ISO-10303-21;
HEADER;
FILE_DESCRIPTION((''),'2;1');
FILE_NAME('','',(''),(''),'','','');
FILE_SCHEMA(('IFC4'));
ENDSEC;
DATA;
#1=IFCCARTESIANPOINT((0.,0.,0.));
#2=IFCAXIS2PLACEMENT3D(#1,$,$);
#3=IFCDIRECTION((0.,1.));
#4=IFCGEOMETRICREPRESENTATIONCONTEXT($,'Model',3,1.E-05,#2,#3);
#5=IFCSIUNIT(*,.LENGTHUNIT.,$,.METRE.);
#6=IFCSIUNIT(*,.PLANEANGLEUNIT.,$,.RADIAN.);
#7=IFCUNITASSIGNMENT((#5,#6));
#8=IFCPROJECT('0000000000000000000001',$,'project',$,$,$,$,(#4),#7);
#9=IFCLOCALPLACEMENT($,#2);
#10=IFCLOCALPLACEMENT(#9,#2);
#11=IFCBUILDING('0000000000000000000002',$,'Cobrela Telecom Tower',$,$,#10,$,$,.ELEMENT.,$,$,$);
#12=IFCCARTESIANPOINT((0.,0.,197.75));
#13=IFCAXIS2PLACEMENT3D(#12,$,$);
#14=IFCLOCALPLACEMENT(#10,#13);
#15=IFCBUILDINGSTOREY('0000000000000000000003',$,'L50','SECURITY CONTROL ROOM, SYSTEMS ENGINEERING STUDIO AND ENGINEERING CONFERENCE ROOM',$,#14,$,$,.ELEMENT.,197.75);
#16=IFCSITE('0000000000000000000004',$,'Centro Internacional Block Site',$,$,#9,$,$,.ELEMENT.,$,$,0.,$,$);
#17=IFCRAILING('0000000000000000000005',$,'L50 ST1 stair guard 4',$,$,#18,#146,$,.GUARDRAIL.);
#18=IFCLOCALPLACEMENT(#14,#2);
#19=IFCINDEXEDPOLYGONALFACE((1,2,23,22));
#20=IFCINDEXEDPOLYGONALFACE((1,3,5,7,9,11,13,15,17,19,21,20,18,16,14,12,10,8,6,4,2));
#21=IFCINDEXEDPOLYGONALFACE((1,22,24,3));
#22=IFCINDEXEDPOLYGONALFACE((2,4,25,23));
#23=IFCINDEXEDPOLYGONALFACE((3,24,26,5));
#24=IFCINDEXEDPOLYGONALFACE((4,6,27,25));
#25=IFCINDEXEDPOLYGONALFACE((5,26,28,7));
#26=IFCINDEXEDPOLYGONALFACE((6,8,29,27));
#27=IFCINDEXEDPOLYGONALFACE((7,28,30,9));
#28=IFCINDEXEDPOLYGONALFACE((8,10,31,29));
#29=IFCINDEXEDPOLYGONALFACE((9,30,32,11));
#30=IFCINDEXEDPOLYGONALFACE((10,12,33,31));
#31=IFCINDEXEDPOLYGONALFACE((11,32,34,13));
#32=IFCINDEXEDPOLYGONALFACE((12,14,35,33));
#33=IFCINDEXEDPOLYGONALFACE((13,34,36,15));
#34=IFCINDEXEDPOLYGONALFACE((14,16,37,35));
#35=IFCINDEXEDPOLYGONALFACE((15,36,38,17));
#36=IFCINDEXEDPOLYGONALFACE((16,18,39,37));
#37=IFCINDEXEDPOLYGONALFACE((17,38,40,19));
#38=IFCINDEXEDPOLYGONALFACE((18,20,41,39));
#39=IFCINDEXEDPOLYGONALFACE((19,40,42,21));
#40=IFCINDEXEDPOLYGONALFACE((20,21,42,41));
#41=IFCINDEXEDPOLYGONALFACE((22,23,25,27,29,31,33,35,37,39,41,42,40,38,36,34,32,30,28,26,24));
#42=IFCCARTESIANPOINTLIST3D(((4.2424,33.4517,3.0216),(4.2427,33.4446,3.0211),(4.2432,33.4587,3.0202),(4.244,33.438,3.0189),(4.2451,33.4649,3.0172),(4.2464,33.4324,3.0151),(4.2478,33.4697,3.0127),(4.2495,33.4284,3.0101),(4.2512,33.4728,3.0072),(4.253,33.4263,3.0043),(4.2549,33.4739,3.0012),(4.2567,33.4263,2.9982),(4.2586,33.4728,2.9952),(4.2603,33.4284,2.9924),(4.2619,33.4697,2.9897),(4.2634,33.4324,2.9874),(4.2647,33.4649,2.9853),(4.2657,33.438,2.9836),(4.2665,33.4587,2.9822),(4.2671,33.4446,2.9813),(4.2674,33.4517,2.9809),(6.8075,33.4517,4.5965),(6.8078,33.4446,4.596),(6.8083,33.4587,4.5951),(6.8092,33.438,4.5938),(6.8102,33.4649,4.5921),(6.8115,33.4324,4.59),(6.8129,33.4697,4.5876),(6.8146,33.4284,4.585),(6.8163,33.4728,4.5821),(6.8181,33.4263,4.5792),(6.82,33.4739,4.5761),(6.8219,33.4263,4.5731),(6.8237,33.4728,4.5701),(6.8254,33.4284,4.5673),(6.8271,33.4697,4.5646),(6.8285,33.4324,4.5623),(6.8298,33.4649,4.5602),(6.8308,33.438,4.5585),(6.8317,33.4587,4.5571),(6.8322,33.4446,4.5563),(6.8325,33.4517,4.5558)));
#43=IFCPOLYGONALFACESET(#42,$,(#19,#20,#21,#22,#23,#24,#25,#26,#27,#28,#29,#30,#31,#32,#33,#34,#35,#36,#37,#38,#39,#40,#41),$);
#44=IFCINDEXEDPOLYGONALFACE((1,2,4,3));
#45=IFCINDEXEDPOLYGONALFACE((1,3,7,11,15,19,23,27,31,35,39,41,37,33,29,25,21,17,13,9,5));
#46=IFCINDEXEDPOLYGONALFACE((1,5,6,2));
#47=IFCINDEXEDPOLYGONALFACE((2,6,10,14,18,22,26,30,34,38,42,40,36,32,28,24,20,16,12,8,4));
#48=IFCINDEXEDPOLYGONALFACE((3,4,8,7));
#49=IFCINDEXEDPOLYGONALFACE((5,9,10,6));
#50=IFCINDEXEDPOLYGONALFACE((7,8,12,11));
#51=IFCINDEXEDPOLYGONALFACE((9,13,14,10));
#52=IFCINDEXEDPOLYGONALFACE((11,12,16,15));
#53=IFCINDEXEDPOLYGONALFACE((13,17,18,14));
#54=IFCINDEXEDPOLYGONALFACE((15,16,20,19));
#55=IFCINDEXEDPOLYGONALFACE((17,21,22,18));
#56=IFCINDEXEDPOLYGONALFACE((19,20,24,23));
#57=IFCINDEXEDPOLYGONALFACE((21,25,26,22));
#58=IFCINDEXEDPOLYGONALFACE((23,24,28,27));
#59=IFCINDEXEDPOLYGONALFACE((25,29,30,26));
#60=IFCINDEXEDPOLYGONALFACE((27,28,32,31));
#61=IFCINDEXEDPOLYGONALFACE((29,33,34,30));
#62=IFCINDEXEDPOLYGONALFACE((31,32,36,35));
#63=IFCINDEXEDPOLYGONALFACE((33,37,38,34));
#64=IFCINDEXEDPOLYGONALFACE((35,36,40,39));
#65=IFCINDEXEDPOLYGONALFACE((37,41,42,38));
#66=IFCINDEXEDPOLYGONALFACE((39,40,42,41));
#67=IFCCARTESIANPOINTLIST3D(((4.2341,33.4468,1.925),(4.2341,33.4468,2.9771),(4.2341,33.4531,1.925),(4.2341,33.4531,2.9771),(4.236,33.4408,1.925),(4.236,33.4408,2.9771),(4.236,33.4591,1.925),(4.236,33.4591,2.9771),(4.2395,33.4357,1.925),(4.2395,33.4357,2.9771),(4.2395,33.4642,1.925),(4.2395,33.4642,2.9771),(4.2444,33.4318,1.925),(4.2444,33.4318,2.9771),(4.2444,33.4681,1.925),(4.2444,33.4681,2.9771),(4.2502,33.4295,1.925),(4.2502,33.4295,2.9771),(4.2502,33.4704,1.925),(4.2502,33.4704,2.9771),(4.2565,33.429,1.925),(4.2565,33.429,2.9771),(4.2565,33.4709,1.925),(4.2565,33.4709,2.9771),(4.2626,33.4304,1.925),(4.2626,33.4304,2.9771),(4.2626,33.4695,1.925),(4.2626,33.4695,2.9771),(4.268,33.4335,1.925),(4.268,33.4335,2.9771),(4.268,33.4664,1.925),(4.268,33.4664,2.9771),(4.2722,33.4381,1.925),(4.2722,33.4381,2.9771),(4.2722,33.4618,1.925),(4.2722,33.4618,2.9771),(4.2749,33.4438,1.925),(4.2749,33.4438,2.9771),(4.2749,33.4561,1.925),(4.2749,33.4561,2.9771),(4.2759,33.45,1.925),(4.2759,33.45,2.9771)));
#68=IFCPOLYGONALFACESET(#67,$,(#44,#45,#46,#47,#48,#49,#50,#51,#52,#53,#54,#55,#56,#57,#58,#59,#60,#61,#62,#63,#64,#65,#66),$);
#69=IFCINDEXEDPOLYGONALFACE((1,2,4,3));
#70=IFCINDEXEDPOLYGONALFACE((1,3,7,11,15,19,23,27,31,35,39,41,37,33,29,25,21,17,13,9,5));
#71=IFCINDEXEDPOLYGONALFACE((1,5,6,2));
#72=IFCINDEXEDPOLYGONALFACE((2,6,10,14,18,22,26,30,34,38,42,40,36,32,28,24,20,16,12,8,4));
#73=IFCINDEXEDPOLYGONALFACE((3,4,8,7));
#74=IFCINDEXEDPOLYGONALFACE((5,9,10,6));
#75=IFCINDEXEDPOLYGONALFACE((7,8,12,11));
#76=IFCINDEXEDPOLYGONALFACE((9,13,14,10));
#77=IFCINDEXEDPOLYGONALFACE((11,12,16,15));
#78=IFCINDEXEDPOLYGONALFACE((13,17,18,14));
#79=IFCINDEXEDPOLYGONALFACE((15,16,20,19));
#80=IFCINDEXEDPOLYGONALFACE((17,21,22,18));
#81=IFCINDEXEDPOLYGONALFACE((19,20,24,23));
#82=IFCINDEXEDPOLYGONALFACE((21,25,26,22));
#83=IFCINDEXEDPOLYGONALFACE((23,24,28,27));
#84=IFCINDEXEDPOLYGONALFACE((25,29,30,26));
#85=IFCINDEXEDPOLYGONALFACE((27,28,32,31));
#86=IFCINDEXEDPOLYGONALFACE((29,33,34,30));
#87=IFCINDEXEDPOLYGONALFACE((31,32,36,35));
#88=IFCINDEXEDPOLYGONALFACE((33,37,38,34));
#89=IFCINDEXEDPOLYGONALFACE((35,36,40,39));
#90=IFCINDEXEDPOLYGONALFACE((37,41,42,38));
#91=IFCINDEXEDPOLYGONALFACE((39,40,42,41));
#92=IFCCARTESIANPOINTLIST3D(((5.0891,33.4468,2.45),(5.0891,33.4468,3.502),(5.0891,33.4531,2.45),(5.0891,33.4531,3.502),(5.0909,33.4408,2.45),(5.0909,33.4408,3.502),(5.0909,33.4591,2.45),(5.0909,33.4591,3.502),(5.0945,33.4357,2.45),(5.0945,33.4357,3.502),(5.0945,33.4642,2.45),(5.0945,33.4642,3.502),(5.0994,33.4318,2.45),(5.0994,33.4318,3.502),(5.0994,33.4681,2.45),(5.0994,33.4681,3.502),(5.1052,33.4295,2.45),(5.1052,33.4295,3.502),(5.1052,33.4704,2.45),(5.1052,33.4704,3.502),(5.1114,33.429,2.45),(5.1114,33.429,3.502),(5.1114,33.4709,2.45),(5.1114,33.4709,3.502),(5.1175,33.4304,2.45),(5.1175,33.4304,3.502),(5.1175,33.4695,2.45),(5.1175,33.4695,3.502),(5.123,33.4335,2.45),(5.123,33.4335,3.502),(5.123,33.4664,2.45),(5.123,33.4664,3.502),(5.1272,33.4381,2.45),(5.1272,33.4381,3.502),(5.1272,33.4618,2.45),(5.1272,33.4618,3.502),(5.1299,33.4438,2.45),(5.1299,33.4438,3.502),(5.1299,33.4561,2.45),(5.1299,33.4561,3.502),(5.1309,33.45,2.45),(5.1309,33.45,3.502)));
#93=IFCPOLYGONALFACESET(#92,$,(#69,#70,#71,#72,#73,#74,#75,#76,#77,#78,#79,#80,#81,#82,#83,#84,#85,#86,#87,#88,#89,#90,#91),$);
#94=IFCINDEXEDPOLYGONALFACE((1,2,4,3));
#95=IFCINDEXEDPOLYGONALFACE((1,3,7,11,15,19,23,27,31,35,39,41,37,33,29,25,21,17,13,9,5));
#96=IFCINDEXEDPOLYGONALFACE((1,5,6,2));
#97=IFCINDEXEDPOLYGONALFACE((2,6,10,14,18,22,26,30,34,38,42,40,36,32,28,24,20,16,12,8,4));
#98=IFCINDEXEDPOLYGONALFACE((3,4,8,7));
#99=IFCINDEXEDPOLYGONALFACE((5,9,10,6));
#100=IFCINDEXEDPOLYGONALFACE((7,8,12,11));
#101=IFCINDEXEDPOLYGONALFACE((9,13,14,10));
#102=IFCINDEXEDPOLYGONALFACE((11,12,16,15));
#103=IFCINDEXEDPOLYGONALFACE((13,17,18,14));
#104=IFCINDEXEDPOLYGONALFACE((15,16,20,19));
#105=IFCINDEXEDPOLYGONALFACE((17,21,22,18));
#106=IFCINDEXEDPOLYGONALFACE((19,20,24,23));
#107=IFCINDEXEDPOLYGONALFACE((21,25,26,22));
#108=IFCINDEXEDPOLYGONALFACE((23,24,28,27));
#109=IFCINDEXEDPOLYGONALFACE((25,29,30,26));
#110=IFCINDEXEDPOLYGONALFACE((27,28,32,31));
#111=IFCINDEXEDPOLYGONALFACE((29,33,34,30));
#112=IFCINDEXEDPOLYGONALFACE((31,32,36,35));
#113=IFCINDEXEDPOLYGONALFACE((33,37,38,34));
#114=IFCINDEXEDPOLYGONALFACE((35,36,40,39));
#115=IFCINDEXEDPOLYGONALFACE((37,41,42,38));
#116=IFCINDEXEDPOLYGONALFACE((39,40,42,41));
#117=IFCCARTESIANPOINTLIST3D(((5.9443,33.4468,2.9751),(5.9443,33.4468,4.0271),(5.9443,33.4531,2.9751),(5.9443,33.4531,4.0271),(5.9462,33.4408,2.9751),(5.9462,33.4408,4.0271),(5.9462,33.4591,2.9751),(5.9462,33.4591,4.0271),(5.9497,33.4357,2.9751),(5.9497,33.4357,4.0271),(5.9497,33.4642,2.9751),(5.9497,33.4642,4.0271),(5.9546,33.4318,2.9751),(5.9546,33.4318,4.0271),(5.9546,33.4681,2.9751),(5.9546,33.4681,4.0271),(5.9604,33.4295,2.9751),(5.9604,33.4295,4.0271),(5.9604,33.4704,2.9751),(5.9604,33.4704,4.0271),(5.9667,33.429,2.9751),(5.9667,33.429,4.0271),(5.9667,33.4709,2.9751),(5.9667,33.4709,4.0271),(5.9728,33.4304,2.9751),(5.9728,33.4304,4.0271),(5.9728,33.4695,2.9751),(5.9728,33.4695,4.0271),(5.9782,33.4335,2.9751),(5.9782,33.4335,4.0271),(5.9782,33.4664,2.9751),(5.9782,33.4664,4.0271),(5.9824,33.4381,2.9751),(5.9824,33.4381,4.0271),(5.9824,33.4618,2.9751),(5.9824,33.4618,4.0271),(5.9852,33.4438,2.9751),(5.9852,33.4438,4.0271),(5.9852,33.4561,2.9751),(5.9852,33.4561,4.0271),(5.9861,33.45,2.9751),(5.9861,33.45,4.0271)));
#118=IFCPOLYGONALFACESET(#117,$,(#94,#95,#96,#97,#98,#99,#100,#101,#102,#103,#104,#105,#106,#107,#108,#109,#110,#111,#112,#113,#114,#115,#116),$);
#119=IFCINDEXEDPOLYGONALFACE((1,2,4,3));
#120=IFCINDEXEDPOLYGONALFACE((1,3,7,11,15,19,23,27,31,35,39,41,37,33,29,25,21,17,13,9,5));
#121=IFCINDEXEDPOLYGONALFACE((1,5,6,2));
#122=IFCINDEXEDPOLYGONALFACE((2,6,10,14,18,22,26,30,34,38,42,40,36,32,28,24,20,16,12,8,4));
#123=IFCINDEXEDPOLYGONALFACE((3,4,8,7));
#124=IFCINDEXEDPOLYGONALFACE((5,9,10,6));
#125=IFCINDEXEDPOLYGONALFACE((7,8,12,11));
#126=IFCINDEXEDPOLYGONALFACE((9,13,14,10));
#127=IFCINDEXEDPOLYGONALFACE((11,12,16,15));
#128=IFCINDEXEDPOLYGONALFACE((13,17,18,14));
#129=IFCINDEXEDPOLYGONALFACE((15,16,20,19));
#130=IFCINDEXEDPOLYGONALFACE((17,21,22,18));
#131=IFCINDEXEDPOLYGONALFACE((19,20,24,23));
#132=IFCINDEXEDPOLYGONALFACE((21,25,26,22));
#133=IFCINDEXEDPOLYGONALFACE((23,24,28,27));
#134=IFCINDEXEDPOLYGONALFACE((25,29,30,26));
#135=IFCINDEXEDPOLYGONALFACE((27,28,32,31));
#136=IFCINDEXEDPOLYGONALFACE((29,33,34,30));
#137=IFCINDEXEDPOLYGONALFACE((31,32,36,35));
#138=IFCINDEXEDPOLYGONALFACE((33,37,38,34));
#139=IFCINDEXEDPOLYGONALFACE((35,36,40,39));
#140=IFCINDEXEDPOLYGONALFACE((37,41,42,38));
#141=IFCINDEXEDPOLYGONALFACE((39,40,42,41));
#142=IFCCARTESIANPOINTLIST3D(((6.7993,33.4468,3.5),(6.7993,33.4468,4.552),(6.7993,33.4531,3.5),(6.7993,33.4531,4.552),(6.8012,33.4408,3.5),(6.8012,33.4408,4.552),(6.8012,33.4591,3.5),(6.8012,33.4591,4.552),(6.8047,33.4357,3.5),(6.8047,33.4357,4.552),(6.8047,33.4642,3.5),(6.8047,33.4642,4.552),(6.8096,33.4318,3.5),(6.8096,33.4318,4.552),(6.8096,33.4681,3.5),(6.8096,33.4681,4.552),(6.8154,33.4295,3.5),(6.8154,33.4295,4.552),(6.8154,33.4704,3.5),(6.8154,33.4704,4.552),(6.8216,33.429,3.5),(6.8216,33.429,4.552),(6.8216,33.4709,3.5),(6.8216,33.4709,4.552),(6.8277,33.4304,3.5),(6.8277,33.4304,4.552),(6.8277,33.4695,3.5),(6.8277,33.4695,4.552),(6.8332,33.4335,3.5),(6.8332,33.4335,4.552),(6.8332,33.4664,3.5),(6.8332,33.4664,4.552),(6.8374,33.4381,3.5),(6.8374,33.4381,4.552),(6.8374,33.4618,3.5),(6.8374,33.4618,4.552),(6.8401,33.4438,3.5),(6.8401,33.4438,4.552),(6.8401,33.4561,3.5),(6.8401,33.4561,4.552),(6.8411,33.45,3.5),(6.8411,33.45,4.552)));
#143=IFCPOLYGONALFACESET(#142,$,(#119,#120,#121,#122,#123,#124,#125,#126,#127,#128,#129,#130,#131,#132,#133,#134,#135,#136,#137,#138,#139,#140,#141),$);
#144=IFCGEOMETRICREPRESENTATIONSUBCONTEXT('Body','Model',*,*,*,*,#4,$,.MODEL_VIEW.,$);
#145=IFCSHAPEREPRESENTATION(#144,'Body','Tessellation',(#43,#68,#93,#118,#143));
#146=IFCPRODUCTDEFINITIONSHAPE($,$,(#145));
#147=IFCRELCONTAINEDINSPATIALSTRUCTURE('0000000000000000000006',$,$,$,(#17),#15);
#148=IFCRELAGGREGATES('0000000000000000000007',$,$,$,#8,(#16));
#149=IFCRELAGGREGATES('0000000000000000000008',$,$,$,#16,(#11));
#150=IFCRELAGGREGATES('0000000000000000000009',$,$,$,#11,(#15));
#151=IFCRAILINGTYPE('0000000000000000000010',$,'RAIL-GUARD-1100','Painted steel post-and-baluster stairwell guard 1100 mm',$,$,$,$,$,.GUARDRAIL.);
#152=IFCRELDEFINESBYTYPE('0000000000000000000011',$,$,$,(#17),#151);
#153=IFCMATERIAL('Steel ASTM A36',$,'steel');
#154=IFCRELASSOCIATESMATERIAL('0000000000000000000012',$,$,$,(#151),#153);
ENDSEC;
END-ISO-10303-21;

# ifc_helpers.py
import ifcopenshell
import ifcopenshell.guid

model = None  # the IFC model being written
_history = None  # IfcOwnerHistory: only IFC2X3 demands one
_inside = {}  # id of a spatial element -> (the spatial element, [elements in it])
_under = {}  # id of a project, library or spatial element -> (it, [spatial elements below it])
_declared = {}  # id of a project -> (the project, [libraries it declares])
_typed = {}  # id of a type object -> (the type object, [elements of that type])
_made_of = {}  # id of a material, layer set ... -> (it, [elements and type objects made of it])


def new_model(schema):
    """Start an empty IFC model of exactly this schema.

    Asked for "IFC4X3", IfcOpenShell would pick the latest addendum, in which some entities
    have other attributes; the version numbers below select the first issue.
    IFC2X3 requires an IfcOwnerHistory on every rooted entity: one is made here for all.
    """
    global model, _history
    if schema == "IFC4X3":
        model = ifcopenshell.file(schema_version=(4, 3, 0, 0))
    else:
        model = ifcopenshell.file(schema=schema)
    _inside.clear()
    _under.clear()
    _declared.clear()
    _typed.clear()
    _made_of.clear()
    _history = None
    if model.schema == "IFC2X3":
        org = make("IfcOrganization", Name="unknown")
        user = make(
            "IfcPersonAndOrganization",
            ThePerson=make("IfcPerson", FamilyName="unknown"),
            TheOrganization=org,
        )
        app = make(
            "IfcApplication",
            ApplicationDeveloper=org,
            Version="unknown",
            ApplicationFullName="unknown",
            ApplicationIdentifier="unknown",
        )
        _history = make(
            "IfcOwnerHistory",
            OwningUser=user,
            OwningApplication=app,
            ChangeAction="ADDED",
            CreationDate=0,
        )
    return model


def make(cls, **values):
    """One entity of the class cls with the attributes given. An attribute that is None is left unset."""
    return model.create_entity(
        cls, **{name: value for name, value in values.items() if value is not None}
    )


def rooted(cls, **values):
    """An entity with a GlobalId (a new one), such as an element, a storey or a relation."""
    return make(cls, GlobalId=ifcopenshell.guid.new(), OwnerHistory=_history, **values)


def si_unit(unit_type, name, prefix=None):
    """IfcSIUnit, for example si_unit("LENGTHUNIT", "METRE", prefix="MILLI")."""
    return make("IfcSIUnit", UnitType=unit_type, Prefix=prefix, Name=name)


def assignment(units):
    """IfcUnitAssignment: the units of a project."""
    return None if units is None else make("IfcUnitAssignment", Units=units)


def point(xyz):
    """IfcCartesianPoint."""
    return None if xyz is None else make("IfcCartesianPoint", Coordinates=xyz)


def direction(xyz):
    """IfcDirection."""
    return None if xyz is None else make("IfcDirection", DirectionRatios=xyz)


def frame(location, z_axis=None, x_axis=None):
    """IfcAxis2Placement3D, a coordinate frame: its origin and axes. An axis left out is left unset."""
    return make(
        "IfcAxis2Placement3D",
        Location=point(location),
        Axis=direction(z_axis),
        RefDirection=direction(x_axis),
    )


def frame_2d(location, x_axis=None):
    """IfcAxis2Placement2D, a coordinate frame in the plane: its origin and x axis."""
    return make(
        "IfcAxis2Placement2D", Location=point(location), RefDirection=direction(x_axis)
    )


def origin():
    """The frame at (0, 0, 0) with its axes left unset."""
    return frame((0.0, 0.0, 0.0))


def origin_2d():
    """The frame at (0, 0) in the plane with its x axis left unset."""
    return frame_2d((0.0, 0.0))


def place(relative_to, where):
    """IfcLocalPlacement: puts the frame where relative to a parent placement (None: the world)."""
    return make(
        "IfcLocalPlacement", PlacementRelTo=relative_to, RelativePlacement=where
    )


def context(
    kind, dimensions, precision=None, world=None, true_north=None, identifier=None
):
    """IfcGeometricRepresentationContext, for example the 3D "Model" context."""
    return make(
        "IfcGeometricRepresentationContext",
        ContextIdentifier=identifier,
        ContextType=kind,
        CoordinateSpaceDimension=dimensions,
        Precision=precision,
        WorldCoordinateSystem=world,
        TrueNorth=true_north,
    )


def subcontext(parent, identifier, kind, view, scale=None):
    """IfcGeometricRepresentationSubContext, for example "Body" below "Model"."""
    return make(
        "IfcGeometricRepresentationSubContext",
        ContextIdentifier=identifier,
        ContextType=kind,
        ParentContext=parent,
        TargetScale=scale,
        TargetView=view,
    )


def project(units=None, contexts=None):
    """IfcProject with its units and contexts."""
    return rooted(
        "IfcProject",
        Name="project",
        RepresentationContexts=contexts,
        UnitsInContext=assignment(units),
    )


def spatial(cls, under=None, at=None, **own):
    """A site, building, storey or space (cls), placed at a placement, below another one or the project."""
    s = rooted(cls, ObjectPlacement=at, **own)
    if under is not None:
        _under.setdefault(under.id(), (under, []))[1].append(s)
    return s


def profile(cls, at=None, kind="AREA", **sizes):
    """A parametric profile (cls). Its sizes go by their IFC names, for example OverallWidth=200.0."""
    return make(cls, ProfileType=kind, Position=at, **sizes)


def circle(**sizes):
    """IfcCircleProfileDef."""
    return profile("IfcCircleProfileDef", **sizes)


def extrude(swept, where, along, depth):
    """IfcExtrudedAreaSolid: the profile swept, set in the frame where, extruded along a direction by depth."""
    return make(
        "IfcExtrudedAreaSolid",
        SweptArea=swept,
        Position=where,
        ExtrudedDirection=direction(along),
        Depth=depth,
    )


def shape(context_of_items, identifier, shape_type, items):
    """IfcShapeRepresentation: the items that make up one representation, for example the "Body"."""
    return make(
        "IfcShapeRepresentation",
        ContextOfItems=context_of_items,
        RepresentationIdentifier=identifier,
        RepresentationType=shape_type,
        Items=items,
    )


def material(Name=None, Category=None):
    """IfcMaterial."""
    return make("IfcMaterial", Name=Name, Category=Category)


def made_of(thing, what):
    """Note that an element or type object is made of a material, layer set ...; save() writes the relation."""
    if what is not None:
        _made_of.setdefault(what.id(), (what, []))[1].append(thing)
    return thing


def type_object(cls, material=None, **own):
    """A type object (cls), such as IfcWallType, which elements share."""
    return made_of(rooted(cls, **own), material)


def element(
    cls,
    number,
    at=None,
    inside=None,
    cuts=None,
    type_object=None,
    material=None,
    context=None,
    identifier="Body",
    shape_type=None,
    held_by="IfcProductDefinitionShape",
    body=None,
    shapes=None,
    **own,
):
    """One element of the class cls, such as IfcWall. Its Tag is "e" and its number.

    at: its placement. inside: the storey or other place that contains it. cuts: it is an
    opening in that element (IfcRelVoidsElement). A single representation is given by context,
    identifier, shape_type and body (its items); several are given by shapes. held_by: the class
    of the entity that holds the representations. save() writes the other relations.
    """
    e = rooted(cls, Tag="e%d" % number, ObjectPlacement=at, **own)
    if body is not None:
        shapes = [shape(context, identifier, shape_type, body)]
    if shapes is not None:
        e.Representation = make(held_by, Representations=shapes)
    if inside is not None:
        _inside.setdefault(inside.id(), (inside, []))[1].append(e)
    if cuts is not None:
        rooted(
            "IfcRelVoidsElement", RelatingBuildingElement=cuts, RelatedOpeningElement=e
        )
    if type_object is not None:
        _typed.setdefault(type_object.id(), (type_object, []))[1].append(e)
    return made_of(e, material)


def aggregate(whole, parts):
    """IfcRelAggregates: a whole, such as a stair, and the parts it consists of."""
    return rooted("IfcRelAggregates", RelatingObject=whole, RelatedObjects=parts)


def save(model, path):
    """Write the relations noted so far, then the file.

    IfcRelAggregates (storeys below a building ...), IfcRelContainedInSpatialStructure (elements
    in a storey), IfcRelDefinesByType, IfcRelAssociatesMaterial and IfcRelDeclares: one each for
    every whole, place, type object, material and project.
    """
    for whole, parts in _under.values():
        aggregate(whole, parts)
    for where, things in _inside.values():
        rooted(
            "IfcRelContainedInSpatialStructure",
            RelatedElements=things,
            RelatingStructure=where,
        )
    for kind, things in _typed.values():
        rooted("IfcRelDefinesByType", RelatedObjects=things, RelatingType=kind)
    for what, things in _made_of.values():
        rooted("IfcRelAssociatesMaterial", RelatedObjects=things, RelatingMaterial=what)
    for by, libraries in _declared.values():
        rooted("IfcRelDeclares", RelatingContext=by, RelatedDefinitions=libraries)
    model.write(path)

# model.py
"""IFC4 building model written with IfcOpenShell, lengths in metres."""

from ifc_helpers import new_model, si_unit, direction, frame, origin, origin_2d, place, context, subcontext, project, spatial, circle, extrude, material, type_object, element, save


model = new_model("IFC4")

# Units and contexts
model_context = context("Model", 3, precision=1e-05, world=origin(), true_north=direction((0.0, 1.0)))
body_context = subcontext(model_context, "Body", "Model", "MODEL_VIEW")
ifc_project = project(units=[si_unit("LENGTHUNIT", "METRE"), si_unit("PLANEANGLEUNIT", "RADIAN")], contexts=[model_context])

# Site, building, storey
site_placement = place(None, origin())
site = spatial("IfcSite", under=ifc_project, at=site_placement, Name="Centro Internacional Block Site", CompositionType="ELEMENT", RefElevation=0.0)
building_placement = place(site_placement, origin())
building = spatial("IfcBuilding", under=site, at=building_placement, Name="Cobrela Telecom Tower", CompositionType="ELEMENT")
storey_placement = place(building_placement, frame((0.0, 0.0, 197.75)))
storey = spatial("IfcBuildingStorey", under=building, at=storey_placement, Name="L50", Description="SECURITY CONTROL ROOM, SYSTEMS ENGINEERING STUDIO AND ENGINEERING CONFERENCE ROOM", CompositionType="ELEMENT", Elevation=197.75)

# Shared definitions
ifc_material_1 = material(Name="Steel ASTM A36", Category="steel")

# Railing
railing_type_1 = type_object("IfcRailingType", Name="RAIL-GUARD-1100", Description="Painted steel post-and-baluster stairwell guard 1100 mm", PredefinedType="GUARDRAIL", material=ifc_material_1)
railing_1_placement = place(storey_placement, frame((4.2549, 33.45, 1.925)))
element("IfcRailing", 1, at=railing_1_placement, inside=storey, type_object=railing_type_1, Name="L50 ST1 stair guard 4", PredefinedType="GUARDRAIL", context=body_context, shape_type="SweptSolid", body=[
    extrude(circle(Radius=0.0239, at=origin_2d()), frame((0.0, 0.0, 1.0762), z_axis=(0.852195, 0.0, 0.523224), x_axis=(0.0, 1.0, 0.0)), (0.0, 0.0, 1.0), 3.01),
    extrude(circle(Radius=0.021, at=origin_2d()), origin(), (0.0, 0.0, 1.0), 1.052),
    extrude(circle(Radius=0.021, at=origin_2d()), frame((0.855, 0.0, 0.5249)), (0.0, 0.0, 1.0), 1.052),
    extrude(circle(Radius=0.021, at=origin_2d()), frame((1.7102, 0.0, 1.05)), (0.0, 0.0, 1.0), 1.052),
    extrude(circle(Radius=0.021, at=origin_2d()), frame((2.5652, 0.0, 1.575)), (0.0, 0.0, 1.0), 1.052),
])

save(model, "model.ifc")
